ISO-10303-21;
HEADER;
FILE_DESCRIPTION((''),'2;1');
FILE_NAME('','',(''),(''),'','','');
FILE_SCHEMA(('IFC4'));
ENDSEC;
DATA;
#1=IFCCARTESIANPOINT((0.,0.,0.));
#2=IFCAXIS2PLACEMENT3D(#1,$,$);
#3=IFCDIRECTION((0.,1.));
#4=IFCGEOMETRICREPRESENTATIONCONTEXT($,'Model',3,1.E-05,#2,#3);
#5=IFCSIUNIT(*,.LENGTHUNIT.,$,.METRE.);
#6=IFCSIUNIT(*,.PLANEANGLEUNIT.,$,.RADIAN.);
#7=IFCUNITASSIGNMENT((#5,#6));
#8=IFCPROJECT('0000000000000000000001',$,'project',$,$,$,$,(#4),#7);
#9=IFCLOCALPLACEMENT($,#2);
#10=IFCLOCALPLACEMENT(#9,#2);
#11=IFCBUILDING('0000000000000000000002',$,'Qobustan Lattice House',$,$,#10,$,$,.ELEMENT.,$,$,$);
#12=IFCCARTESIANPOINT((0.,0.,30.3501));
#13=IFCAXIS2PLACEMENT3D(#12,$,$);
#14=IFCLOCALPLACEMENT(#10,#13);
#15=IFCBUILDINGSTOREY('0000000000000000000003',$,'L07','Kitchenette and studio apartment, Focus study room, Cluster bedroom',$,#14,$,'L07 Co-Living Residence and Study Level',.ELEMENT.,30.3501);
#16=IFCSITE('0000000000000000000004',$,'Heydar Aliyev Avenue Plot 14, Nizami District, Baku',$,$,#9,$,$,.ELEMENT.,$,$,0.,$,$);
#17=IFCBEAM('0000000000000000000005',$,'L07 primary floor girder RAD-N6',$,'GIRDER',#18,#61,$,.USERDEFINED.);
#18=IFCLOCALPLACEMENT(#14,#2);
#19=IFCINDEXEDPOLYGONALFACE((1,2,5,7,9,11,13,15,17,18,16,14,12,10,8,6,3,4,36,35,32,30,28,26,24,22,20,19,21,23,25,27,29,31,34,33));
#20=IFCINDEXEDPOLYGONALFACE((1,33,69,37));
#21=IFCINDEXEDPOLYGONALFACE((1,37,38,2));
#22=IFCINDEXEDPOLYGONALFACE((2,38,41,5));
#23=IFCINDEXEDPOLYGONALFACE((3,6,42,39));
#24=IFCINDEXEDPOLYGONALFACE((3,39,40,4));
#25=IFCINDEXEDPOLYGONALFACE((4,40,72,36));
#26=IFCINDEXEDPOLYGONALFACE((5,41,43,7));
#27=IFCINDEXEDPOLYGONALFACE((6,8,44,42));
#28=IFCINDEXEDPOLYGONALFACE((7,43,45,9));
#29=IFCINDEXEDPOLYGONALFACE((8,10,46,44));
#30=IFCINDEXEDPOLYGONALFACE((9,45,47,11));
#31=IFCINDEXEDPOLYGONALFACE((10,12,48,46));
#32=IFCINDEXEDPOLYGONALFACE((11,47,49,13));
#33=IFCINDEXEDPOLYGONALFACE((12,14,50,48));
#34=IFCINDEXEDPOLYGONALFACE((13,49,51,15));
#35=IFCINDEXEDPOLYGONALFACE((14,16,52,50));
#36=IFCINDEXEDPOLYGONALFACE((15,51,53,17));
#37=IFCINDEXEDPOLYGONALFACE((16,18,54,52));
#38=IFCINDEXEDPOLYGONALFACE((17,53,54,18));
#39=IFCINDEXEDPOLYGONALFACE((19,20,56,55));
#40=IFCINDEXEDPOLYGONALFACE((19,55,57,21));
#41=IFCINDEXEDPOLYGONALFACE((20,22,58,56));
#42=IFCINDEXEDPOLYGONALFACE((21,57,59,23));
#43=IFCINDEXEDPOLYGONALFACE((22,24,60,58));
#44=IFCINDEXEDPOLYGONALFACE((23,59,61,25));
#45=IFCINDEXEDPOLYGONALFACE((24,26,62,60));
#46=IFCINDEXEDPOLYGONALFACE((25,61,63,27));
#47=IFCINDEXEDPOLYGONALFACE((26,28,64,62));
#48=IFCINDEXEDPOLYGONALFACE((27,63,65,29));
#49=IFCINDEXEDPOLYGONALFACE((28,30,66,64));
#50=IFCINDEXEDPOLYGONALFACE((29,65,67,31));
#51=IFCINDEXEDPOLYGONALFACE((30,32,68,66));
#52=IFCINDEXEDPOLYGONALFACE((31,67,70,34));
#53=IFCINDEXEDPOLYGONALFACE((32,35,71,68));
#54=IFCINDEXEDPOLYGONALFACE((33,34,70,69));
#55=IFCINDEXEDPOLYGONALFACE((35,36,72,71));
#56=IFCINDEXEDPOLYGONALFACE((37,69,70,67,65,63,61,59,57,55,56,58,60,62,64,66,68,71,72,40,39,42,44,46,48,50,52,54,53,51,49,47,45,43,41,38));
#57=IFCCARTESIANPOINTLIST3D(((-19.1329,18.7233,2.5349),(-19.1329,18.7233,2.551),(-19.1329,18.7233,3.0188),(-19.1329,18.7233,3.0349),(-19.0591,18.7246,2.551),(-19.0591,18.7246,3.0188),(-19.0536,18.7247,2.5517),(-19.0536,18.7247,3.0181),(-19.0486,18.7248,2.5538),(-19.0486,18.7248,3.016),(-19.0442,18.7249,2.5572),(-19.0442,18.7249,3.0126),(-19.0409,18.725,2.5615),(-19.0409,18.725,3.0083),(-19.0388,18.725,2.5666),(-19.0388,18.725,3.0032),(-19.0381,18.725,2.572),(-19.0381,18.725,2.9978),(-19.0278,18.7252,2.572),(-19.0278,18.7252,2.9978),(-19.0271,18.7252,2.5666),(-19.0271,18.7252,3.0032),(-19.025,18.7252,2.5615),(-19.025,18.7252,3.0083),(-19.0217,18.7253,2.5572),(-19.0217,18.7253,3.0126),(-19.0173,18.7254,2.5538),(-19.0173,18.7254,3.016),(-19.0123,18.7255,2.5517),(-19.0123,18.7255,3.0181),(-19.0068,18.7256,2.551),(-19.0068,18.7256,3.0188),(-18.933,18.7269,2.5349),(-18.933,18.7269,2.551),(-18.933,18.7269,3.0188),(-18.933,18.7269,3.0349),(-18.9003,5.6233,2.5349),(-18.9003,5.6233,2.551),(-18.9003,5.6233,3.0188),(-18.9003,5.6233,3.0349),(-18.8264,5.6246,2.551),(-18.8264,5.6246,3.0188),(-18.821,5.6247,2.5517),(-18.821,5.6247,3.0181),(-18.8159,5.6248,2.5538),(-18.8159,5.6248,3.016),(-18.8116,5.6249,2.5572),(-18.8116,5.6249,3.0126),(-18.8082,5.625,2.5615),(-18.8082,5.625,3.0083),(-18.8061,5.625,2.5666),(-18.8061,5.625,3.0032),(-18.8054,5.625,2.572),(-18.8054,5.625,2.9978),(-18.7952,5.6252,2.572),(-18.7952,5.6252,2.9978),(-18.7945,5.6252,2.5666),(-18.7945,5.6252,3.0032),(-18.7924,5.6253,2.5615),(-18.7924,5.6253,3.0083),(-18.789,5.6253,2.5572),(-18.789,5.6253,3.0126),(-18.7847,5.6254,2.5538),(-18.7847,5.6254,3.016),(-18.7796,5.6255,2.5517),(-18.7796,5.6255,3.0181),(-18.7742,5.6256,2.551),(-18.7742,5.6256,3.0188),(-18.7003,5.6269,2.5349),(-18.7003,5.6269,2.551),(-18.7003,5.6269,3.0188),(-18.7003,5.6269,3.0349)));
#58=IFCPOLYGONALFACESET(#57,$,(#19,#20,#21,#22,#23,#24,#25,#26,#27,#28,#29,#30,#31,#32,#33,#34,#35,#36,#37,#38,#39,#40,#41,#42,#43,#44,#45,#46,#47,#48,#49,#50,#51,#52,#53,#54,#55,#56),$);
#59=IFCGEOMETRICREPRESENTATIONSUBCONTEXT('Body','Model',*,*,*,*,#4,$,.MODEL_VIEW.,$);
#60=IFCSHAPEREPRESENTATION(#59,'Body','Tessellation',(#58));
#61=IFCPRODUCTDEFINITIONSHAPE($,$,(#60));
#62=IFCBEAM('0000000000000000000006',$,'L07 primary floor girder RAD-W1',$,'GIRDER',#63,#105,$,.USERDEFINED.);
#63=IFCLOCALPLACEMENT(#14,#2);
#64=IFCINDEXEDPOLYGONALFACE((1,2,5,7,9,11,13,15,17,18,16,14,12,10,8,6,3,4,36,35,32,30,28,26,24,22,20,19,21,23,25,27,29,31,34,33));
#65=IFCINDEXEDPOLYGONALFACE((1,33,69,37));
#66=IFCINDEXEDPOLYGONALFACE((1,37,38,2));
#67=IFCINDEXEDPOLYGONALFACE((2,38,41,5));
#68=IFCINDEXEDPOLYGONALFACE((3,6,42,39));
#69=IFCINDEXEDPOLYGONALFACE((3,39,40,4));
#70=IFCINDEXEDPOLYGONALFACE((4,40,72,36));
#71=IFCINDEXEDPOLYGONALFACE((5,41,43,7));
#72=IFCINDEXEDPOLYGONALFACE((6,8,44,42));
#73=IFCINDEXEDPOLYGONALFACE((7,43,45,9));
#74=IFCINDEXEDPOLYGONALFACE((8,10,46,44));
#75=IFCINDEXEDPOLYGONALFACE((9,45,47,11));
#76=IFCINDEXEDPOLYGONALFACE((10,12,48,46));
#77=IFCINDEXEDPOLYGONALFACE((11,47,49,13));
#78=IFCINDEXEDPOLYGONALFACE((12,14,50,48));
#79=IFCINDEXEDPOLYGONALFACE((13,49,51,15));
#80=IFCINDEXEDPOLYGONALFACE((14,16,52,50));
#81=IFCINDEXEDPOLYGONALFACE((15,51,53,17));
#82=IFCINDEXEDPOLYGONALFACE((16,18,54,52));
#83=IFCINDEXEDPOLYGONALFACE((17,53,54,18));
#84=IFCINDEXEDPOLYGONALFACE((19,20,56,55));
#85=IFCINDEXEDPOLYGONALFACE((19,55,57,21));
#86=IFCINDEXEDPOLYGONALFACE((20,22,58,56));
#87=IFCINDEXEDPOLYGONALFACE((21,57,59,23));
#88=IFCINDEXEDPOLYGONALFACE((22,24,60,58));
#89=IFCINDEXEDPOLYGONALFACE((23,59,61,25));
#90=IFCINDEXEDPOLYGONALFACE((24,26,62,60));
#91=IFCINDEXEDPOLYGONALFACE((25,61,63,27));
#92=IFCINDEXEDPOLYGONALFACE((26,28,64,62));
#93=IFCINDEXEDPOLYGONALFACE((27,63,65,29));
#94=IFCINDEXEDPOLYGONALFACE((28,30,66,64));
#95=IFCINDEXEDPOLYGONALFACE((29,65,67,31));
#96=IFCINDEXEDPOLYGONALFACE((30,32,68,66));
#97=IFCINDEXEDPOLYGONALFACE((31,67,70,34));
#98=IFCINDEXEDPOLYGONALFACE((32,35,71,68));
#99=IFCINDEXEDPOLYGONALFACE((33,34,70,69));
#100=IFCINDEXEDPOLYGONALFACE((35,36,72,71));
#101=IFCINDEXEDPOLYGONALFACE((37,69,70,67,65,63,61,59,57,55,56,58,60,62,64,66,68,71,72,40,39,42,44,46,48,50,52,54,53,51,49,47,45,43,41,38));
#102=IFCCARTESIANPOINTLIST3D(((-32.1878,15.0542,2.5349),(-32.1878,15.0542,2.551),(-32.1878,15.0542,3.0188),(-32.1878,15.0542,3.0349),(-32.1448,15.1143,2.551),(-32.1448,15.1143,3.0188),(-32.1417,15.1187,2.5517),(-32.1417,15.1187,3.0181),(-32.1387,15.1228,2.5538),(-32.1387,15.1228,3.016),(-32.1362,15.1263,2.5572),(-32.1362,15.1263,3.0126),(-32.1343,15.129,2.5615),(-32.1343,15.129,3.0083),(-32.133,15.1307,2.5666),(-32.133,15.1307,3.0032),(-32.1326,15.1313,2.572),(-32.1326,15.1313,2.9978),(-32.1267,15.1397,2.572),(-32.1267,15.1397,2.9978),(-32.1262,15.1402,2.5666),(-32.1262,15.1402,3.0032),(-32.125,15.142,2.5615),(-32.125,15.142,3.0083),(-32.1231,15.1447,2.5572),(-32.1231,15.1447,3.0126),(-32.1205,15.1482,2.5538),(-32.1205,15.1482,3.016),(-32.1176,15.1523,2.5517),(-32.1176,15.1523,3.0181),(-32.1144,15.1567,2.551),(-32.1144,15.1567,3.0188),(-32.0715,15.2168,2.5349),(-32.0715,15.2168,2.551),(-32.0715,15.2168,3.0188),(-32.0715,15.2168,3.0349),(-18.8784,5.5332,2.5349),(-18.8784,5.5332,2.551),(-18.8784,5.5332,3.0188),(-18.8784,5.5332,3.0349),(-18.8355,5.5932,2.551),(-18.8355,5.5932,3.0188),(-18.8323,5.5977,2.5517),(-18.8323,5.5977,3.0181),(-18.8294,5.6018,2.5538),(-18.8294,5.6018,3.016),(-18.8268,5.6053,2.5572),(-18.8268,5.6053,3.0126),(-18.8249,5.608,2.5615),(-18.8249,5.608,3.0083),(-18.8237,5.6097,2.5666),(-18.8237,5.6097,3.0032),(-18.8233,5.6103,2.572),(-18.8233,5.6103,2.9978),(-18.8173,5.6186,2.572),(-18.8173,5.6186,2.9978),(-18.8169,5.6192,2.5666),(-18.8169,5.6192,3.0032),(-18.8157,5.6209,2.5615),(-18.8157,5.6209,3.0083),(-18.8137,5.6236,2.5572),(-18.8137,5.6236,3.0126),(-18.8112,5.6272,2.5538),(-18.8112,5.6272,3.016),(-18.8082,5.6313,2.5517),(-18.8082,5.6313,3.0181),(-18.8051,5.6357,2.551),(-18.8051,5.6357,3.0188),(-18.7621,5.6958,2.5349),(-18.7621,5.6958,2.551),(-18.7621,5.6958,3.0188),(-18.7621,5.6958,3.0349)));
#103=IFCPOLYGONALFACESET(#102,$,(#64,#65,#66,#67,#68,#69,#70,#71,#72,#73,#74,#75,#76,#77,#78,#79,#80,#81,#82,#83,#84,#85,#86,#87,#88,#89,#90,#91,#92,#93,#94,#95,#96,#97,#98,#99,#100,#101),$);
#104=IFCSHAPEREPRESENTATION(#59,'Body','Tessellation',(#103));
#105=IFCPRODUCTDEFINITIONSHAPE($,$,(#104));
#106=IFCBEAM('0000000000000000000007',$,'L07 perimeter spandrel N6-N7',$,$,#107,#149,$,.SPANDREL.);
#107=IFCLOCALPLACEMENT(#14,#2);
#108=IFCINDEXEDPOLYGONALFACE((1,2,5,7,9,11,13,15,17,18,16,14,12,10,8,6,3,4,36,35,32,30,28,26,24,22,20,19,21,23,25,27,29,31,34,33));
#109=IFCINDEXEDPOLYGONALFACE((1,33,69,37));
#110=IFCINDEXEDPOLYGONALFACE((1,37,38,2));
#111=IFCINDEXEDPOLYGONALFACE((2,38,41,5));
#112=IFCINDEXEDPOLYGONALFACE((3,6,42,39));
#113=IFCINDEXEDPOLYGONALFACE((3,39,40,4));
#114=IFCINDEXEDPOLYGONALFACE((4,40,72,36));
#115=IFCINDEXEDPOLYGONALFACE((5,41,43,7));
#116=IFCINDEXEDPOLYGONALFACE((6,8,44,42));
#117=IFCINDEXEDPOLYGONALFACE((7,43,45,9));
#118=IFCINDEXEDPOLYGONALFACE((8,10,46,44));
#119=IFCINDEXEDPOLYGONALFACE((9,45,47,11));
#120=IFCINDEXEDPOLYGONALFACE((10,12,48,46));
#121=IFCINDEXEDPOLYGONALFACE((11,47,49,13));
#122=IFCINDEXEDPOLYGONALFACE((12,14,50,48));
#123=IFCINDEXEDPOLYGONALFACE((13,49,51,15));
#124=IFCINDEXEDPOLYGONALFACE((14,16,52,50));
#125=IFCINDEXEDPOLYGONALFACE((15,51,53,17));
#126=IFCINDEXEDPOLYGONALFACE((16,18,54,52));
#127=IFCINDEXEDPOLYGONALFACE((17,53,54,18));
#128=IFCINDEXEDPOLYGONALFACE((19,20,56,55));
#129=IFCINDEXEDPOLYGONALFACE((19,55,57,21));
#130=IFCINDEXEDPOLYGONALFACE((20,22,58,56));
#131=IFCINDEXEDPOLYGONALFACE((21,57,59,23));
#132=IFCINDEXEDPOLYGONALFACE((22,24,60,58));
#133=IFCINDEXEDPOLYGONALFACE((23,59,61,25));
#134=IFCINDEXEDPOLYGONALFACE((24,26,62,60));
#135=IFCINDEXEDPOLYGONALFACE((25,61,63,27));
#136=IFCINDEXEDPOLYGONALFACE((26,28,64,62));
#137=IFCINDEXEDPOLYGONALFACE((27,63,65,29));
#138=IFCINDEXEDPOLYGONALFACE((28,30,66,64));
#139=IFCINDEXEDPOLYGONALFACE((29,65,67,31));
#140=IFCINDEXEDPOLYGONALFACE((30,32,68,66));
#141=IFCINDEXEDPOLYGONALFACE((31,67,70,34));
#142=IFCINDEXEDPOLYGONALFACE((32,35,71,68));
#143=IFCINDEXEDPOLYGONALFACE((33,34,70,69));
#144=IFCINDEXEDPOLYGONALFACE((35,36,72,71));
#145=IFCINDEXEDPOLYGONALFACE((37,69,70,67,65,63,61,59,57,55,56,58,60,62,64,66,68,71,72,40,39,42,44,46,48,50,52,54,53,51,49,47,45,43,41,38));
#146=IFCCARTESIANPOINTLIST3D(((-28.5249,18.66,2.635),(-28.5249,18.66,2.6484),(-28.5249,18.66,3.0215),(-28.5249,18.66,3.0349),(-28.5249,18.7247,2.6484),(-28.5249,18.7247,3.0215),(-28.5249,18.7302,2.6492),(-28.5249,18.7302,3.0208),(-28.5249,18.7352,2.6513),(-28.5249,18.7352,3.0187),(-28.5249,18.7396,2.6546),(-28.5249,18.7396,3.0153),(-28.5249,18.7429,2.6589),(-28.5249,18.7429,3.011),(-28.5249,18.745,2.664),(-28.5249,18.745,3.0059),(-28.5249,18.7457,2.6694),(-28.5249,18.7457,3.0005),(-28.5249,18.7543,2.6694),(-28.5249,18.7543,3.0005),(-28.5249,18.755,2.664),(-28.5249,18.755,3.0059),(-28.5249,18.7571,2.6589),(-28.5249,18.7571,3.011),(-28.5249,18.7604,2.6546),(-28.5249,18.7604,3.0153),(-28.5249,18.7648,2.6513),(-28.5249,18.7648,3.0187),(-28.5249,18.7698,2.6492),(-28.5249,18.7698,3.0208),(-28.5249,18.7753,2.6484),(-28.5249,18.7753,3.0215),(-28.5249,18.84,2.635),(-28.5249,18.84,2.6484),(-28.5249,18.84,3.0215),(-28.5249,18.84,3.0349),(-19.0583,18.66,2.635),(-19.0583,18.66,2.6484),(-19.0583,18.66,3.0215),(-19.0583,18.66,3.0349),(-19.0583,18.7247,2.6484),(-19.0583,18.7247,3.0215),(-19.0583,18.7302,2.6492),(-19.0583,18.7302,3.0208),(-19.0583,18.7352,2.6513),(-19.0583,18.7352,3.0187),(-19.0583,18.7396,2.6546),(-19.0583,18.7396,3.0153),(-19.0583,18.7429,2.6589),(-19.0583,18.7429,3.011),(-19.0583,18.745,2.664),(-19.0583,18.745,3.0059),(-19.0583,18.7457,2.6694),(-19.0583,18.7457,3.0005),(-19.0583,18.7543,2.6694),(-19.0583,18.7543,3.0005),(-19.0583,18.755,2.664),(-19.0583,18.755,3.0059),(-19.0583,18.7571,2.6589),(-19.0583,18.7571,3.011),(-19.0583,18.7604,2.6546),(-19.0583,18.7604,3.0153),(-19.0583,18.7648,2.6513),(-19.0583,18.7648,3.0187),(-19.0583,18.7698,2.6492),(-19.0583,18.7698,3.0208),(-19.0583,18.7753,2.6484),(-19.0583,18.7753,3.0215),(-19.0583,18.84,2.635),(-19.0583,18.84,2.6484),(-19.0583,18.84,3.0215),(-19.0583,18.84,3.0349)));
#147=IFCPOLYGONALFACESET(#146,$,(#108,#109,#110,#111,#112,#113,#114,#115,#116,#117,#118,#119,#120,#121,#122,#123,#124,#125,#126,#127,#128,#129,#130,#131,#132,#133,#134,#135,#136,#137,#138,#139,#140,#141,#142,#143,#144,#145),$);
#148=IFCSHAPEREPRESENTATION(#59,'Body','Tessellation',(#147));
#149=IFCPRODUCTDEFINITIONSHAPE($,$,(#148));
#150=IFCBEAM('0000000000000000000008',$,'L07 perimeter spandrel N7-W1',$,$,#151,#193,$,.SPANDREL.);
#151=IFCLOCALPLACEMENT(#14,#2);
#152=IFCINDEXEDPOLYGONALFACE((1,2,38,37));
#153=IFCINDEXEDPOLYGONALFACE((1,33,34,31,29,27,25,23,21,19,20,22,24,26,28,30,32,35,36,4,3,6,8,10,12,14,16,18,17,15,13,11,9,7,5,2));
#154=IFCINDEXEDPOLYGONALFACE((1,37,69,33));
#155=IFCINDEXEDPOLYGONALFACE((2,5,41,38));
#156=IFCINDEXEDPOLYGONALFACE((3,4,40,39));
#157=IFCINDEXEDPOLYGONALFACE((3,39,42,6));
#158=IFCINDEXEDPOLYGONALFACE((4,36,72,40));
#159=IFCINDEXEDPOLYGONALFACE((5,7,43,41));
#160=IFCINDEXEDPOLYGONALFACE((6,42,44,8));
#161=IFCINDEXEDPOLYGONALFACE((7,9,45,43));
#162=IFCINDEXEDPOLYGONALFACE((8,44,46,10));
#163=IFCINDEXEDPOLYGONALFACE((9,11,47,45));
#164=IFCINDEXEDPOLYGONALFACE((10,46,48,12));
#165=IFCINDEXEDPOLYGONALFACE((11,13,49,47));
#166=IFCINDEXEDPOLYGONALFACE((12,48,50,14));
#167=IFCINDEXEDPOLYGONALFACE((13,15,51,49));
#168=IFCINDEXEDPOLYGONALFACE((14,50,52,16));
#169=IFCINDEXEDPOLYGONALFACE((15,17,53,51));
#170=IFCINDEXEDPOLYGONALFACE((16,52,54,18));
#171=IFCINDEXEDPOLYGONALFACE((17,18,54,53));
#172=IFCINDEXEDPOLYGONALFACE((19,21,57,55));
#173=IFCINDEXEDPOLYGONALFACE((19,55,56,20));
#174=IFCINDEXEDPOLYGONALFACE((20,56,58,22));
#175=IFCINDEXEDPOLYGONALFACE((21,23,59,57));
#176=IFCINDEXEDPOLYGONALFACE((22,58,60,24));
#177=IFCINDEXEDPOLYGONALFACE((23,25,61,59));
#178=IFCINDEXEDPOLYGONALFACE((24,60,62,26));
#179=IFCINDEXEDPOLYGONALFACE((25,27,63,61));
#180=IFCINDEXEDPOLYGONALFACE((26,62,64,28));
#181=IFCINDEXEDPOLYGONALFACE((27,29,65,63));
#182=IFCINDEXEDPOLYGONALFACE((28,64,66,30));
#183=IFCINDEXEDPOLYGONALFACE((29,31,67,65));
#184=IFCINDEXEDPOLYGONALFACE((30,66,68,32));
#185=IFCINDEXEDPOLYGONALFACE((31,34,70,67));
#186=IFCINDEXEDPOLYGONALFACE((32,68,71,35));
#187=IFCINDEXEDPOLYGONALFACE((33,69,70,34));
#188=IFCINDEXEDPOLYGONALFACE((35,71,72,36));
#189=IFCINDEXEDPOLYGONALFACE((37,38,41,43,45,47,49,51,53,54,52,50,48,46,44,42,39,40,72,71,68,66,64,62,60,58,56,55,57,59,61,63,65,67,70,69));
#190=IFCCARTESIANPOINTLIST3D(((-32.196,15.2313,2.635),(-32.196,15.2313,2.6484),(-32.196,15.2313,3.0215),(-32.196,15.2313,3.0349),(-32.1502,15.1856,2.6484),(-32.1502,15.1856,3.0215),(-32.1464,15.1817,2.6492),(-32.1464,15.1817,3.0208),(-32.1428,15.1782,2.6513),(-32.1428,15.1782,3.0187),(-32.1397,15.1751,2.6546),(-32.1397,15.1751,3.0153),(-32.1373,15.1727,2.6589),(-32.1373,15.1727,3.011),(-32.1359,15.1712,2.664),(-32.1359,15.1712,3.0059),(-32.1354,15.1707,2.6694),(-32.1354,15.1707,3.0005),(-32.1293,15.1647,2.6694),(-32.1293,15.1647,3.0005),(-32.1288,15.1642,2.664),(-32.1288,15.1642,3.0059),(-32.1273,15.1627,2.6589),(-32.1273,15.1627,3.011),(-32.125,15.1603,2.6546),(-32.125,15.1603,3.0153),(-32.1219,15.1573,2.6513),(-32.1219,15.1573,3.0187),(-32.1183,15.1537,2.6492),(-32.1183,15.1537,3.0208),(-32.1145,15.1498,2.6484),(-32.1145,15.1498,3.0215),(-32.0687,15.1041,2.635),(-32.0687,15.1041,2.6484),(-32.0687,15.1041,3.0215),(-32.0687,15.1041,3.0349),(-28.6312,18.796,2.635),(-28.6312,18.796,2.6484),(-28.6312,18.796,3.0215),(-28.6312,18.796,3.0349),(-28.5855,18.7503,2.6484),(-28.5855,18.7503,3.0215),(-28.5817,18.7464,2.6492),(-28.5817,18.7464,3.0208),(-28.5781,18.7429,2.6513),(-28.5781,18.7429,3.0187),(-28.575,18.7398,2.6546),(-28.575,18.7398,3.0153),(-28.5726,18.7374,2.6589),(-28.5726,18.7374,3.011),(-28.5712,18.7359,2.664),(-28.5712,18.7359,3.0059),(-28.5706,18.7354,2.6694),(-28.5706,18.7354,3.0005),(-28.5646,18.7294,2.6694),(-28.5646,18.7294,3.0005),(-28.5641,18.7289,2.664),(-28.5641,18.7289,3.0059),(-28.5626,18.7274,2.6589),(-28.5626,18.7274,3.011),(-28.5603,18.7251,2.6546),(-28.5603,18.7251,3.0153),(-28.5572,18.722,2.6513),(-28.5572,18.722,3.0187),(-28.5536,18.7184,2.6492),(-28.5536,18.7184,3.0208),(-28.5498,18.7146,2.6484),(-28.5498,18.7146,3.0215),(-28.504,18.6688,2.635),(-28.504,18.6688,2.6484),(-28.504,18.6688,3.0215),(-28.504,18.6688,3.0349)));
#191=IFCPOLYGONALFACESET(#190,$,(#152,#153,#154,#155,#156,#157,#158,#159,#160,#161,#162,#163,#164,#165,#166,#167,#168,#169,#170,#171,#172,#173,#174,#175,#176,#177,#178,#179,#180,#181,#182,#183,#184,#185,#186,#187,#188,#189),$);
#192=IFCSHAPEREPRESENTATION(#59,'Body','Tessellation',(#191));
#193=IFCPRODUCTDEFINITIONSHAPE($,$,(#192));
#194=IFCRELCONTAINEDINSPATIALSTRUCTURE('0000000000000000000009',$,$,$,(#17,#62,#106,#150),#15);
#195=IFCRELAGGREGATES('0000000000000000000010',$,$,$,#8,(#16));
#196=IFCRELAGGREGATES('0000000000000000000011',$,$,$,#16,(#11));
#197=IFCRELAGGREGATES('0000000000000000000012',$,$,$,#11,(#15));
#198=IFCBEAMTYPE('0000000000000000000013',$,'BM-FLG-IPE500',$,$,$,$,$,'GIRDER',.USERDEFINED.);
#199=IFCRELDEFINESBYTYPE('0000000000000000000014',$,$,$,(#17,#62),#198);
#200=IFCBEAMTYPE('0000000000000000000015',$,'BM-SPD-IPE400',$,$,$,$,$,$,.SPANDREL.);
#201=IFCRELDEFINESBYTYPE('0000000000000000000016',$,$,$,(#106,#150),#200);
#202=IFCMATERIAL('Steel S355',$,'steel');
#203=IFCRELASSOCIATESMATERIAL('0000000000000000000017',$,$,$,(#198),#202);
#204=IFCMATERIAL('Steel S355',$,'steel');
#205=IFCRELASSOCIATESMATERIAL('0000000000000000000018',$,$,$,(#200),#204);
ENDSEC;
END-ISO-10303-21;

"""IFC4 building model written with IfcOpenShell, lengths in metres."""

from ifc_helpers import new_model, si_unit, direction, frame, origin, origin_2d, place, context, subcontext, project, spatial, i_section, extrude, material, material_profile, profile_set, type_object, element, save


model = new_model("IFC4")

# Units and contexts
model_context = context("Model", 3, precision=1e-05, world=origin(), true_north=direction((0.0, 1.0)))
body_context = subcontext(model_context, "Body", "Model", "MODEL_VIEW")
ifc_project = project(units=[si_unit("LENGTHUNIT", "METRE"), si_unit("PLANEANGLEUNIT", "RADIAN")], contexts=[model_context])

# Site, building, storey
site_placement = place(None, origin())
site = spatial("IfcSite", under=ifc_project, at=site_placement, Name="Heydar Aliyev Avenue Plot 14, Nizami District, Baku", CompositionType="ELEMENT", RefElevation=0.0)
building_placement = place(site_placement, origin())
building = spatial("IfcBuilding", under=site, at=building_placement, Name="Qobustan Lattice House", CompositionType="ELEMENT")
storey_placement = place(building_placement, frame((0.0, 0.0, 30.3501)))
storey = spatial("IfcBuildingStorey", under=building, at=storey_placement, Name="L07", Description="Kitchenette and studio apartment, Focus study room, Cluster bedroom", LongName="L07 Co-Living Residence and Study Level", CompositionType="ELEMENT", Elevation=30.3501)

# Beams
ifc_material_1 = material(Name="Steel S355", Category="steel")
ifc_material_profile_1 = material_profile(ifc_material_1, i_section(OverallWidth=0.2, OverallDepth=0.5, WebThickness=0.0103, FlangeThickness=0.0161, FilletRadius=0.021, at=origin_2d()), Name="IPE500")
ifc_profile_set_1 = profile_set([ifc_material_profile_1], Name="Steel S355")
beam_type_1 = type_object("IfcBeamType", Name="BM-FLG-IPE500", ElementType="GIRDER", PredefinedType="USERDEFINED", material=ifc_profile_set_1)
beam_1_placement = place(storey_placement, frame((-19.033, 18.7251, 2.7849), z_axis=(0.017758, -0.999842, 0.0), x_axis=(0.999842, 0.017758, 0.0)))
element("IfcBeam", 1, at=beam_1_placement, inside=storey, type_object=beam_type_1, Name="L07 primary floor girder RAD-N6", ObjectType="GIRDER", PredefinedType="USERDEFINED", context=body_context, shape_type="SweptSolid", body=[
    extrude(i_section(OverallWidth=0.2, OverallDepth=0.5, WebThickness=0.0103, FlangeThickness=0.0161, FilletRadius=0.021, at=origin_2d()), origin(), (0.0, 0.0, 1.0), 13.1021),
])
beam_2_placement = place(storey_placement, frame((-32.1296, 15.1355, 2.7849), z_axis=(0.813319, -0.581818, 0.0), x_axis=(0.581818, 0.813319, 0.0)))
element("IfcBeam", 2, at=beam_2_placement, inside=storey, type_object=beam_type_1, Name="L07 primary floor girder RAD-W1", ObjectType="GIRDER", PredefinedType="USERDEFINED", context=body_context, shape_type="SweptSolid", body=[
    extrude(i_section(OverallWidth=0.2, OverallDepth=0.5, WebThickness=0.0103, FlangeThickness=0.0161, FilletRadius=0.021, at=origin_2d()), origin(), (0.0, 0.0, 1.0), 16.3643),
])
ifc_material_2 = material(Name="Steel S355", Category="steel")
ifc_material_profile_2 = material_profile(ifc_material_2, i_section(OverallWidth=0.1799, OverallDepth=0.3999, WebThickness=0.0085, FlangeThickness=0.0134, FilletRadius=0.021, at=origin_2d()), Name="IPE400")
ifc_profile_set_2 = profile_set([ifc_material_profile_2], Name="Steel S355")
beam_type_2 = type_object("IfcBeamType", Name="BM-SPD-IPE400", PredefinedType="SPANDREL", material=ifc_profile_set_2)
beam_3_placement = place(storey_placement, frame((-19.0583, 18.75, 2.835), z_axis=(-1.0, 0.0, 0.0), x_axis=(0.0, -1.0, 0.0)))
element("IfcBeam", 3, at=beam_3_placement, inside=storey, type_object=beam_type_2, Name="L07 perimeter spandrel N6-N7", PredefinedType="SPANDREL", context=body_context, shape_type="SweptSolid", body=[
    extrude(i_section(OverallWidth=0.1799, OverallDepth=0.3999, WebThickness=0.0085, FlangeThickness=0.0134, FilletRadius=0.021, at=origin_2d()), origin(), (0.0, 0.0, 1.0), 9.4666),
])
beam_4_placement = place(storey_placement, frame((-28.5676, 18.7324, 2.835), z_axis=(-0.707107, -0.707107, 0.0), x_axis=(0.707107, -0.707107, 0.0)))
element("IfcBeam", 4, at=beam_4_placement, inside=storey, type_object=beam_type_2, Name="L07 perimeter spandrel N7-W1", PredefinedType="SPANDREL", context=body_context, shape_type="SweptSolid", body=[
    extrude(i_section(OverallWidth=0.1799, OverallDepth=0.3999, WebThickness=0.0085, FlangeThickness=0.0134, FilletRadius=0.021, at=origin_2d()), origin(), (0.0, 0.0, 1.0), 5.0413),
])

save(model, "model.ifc")
